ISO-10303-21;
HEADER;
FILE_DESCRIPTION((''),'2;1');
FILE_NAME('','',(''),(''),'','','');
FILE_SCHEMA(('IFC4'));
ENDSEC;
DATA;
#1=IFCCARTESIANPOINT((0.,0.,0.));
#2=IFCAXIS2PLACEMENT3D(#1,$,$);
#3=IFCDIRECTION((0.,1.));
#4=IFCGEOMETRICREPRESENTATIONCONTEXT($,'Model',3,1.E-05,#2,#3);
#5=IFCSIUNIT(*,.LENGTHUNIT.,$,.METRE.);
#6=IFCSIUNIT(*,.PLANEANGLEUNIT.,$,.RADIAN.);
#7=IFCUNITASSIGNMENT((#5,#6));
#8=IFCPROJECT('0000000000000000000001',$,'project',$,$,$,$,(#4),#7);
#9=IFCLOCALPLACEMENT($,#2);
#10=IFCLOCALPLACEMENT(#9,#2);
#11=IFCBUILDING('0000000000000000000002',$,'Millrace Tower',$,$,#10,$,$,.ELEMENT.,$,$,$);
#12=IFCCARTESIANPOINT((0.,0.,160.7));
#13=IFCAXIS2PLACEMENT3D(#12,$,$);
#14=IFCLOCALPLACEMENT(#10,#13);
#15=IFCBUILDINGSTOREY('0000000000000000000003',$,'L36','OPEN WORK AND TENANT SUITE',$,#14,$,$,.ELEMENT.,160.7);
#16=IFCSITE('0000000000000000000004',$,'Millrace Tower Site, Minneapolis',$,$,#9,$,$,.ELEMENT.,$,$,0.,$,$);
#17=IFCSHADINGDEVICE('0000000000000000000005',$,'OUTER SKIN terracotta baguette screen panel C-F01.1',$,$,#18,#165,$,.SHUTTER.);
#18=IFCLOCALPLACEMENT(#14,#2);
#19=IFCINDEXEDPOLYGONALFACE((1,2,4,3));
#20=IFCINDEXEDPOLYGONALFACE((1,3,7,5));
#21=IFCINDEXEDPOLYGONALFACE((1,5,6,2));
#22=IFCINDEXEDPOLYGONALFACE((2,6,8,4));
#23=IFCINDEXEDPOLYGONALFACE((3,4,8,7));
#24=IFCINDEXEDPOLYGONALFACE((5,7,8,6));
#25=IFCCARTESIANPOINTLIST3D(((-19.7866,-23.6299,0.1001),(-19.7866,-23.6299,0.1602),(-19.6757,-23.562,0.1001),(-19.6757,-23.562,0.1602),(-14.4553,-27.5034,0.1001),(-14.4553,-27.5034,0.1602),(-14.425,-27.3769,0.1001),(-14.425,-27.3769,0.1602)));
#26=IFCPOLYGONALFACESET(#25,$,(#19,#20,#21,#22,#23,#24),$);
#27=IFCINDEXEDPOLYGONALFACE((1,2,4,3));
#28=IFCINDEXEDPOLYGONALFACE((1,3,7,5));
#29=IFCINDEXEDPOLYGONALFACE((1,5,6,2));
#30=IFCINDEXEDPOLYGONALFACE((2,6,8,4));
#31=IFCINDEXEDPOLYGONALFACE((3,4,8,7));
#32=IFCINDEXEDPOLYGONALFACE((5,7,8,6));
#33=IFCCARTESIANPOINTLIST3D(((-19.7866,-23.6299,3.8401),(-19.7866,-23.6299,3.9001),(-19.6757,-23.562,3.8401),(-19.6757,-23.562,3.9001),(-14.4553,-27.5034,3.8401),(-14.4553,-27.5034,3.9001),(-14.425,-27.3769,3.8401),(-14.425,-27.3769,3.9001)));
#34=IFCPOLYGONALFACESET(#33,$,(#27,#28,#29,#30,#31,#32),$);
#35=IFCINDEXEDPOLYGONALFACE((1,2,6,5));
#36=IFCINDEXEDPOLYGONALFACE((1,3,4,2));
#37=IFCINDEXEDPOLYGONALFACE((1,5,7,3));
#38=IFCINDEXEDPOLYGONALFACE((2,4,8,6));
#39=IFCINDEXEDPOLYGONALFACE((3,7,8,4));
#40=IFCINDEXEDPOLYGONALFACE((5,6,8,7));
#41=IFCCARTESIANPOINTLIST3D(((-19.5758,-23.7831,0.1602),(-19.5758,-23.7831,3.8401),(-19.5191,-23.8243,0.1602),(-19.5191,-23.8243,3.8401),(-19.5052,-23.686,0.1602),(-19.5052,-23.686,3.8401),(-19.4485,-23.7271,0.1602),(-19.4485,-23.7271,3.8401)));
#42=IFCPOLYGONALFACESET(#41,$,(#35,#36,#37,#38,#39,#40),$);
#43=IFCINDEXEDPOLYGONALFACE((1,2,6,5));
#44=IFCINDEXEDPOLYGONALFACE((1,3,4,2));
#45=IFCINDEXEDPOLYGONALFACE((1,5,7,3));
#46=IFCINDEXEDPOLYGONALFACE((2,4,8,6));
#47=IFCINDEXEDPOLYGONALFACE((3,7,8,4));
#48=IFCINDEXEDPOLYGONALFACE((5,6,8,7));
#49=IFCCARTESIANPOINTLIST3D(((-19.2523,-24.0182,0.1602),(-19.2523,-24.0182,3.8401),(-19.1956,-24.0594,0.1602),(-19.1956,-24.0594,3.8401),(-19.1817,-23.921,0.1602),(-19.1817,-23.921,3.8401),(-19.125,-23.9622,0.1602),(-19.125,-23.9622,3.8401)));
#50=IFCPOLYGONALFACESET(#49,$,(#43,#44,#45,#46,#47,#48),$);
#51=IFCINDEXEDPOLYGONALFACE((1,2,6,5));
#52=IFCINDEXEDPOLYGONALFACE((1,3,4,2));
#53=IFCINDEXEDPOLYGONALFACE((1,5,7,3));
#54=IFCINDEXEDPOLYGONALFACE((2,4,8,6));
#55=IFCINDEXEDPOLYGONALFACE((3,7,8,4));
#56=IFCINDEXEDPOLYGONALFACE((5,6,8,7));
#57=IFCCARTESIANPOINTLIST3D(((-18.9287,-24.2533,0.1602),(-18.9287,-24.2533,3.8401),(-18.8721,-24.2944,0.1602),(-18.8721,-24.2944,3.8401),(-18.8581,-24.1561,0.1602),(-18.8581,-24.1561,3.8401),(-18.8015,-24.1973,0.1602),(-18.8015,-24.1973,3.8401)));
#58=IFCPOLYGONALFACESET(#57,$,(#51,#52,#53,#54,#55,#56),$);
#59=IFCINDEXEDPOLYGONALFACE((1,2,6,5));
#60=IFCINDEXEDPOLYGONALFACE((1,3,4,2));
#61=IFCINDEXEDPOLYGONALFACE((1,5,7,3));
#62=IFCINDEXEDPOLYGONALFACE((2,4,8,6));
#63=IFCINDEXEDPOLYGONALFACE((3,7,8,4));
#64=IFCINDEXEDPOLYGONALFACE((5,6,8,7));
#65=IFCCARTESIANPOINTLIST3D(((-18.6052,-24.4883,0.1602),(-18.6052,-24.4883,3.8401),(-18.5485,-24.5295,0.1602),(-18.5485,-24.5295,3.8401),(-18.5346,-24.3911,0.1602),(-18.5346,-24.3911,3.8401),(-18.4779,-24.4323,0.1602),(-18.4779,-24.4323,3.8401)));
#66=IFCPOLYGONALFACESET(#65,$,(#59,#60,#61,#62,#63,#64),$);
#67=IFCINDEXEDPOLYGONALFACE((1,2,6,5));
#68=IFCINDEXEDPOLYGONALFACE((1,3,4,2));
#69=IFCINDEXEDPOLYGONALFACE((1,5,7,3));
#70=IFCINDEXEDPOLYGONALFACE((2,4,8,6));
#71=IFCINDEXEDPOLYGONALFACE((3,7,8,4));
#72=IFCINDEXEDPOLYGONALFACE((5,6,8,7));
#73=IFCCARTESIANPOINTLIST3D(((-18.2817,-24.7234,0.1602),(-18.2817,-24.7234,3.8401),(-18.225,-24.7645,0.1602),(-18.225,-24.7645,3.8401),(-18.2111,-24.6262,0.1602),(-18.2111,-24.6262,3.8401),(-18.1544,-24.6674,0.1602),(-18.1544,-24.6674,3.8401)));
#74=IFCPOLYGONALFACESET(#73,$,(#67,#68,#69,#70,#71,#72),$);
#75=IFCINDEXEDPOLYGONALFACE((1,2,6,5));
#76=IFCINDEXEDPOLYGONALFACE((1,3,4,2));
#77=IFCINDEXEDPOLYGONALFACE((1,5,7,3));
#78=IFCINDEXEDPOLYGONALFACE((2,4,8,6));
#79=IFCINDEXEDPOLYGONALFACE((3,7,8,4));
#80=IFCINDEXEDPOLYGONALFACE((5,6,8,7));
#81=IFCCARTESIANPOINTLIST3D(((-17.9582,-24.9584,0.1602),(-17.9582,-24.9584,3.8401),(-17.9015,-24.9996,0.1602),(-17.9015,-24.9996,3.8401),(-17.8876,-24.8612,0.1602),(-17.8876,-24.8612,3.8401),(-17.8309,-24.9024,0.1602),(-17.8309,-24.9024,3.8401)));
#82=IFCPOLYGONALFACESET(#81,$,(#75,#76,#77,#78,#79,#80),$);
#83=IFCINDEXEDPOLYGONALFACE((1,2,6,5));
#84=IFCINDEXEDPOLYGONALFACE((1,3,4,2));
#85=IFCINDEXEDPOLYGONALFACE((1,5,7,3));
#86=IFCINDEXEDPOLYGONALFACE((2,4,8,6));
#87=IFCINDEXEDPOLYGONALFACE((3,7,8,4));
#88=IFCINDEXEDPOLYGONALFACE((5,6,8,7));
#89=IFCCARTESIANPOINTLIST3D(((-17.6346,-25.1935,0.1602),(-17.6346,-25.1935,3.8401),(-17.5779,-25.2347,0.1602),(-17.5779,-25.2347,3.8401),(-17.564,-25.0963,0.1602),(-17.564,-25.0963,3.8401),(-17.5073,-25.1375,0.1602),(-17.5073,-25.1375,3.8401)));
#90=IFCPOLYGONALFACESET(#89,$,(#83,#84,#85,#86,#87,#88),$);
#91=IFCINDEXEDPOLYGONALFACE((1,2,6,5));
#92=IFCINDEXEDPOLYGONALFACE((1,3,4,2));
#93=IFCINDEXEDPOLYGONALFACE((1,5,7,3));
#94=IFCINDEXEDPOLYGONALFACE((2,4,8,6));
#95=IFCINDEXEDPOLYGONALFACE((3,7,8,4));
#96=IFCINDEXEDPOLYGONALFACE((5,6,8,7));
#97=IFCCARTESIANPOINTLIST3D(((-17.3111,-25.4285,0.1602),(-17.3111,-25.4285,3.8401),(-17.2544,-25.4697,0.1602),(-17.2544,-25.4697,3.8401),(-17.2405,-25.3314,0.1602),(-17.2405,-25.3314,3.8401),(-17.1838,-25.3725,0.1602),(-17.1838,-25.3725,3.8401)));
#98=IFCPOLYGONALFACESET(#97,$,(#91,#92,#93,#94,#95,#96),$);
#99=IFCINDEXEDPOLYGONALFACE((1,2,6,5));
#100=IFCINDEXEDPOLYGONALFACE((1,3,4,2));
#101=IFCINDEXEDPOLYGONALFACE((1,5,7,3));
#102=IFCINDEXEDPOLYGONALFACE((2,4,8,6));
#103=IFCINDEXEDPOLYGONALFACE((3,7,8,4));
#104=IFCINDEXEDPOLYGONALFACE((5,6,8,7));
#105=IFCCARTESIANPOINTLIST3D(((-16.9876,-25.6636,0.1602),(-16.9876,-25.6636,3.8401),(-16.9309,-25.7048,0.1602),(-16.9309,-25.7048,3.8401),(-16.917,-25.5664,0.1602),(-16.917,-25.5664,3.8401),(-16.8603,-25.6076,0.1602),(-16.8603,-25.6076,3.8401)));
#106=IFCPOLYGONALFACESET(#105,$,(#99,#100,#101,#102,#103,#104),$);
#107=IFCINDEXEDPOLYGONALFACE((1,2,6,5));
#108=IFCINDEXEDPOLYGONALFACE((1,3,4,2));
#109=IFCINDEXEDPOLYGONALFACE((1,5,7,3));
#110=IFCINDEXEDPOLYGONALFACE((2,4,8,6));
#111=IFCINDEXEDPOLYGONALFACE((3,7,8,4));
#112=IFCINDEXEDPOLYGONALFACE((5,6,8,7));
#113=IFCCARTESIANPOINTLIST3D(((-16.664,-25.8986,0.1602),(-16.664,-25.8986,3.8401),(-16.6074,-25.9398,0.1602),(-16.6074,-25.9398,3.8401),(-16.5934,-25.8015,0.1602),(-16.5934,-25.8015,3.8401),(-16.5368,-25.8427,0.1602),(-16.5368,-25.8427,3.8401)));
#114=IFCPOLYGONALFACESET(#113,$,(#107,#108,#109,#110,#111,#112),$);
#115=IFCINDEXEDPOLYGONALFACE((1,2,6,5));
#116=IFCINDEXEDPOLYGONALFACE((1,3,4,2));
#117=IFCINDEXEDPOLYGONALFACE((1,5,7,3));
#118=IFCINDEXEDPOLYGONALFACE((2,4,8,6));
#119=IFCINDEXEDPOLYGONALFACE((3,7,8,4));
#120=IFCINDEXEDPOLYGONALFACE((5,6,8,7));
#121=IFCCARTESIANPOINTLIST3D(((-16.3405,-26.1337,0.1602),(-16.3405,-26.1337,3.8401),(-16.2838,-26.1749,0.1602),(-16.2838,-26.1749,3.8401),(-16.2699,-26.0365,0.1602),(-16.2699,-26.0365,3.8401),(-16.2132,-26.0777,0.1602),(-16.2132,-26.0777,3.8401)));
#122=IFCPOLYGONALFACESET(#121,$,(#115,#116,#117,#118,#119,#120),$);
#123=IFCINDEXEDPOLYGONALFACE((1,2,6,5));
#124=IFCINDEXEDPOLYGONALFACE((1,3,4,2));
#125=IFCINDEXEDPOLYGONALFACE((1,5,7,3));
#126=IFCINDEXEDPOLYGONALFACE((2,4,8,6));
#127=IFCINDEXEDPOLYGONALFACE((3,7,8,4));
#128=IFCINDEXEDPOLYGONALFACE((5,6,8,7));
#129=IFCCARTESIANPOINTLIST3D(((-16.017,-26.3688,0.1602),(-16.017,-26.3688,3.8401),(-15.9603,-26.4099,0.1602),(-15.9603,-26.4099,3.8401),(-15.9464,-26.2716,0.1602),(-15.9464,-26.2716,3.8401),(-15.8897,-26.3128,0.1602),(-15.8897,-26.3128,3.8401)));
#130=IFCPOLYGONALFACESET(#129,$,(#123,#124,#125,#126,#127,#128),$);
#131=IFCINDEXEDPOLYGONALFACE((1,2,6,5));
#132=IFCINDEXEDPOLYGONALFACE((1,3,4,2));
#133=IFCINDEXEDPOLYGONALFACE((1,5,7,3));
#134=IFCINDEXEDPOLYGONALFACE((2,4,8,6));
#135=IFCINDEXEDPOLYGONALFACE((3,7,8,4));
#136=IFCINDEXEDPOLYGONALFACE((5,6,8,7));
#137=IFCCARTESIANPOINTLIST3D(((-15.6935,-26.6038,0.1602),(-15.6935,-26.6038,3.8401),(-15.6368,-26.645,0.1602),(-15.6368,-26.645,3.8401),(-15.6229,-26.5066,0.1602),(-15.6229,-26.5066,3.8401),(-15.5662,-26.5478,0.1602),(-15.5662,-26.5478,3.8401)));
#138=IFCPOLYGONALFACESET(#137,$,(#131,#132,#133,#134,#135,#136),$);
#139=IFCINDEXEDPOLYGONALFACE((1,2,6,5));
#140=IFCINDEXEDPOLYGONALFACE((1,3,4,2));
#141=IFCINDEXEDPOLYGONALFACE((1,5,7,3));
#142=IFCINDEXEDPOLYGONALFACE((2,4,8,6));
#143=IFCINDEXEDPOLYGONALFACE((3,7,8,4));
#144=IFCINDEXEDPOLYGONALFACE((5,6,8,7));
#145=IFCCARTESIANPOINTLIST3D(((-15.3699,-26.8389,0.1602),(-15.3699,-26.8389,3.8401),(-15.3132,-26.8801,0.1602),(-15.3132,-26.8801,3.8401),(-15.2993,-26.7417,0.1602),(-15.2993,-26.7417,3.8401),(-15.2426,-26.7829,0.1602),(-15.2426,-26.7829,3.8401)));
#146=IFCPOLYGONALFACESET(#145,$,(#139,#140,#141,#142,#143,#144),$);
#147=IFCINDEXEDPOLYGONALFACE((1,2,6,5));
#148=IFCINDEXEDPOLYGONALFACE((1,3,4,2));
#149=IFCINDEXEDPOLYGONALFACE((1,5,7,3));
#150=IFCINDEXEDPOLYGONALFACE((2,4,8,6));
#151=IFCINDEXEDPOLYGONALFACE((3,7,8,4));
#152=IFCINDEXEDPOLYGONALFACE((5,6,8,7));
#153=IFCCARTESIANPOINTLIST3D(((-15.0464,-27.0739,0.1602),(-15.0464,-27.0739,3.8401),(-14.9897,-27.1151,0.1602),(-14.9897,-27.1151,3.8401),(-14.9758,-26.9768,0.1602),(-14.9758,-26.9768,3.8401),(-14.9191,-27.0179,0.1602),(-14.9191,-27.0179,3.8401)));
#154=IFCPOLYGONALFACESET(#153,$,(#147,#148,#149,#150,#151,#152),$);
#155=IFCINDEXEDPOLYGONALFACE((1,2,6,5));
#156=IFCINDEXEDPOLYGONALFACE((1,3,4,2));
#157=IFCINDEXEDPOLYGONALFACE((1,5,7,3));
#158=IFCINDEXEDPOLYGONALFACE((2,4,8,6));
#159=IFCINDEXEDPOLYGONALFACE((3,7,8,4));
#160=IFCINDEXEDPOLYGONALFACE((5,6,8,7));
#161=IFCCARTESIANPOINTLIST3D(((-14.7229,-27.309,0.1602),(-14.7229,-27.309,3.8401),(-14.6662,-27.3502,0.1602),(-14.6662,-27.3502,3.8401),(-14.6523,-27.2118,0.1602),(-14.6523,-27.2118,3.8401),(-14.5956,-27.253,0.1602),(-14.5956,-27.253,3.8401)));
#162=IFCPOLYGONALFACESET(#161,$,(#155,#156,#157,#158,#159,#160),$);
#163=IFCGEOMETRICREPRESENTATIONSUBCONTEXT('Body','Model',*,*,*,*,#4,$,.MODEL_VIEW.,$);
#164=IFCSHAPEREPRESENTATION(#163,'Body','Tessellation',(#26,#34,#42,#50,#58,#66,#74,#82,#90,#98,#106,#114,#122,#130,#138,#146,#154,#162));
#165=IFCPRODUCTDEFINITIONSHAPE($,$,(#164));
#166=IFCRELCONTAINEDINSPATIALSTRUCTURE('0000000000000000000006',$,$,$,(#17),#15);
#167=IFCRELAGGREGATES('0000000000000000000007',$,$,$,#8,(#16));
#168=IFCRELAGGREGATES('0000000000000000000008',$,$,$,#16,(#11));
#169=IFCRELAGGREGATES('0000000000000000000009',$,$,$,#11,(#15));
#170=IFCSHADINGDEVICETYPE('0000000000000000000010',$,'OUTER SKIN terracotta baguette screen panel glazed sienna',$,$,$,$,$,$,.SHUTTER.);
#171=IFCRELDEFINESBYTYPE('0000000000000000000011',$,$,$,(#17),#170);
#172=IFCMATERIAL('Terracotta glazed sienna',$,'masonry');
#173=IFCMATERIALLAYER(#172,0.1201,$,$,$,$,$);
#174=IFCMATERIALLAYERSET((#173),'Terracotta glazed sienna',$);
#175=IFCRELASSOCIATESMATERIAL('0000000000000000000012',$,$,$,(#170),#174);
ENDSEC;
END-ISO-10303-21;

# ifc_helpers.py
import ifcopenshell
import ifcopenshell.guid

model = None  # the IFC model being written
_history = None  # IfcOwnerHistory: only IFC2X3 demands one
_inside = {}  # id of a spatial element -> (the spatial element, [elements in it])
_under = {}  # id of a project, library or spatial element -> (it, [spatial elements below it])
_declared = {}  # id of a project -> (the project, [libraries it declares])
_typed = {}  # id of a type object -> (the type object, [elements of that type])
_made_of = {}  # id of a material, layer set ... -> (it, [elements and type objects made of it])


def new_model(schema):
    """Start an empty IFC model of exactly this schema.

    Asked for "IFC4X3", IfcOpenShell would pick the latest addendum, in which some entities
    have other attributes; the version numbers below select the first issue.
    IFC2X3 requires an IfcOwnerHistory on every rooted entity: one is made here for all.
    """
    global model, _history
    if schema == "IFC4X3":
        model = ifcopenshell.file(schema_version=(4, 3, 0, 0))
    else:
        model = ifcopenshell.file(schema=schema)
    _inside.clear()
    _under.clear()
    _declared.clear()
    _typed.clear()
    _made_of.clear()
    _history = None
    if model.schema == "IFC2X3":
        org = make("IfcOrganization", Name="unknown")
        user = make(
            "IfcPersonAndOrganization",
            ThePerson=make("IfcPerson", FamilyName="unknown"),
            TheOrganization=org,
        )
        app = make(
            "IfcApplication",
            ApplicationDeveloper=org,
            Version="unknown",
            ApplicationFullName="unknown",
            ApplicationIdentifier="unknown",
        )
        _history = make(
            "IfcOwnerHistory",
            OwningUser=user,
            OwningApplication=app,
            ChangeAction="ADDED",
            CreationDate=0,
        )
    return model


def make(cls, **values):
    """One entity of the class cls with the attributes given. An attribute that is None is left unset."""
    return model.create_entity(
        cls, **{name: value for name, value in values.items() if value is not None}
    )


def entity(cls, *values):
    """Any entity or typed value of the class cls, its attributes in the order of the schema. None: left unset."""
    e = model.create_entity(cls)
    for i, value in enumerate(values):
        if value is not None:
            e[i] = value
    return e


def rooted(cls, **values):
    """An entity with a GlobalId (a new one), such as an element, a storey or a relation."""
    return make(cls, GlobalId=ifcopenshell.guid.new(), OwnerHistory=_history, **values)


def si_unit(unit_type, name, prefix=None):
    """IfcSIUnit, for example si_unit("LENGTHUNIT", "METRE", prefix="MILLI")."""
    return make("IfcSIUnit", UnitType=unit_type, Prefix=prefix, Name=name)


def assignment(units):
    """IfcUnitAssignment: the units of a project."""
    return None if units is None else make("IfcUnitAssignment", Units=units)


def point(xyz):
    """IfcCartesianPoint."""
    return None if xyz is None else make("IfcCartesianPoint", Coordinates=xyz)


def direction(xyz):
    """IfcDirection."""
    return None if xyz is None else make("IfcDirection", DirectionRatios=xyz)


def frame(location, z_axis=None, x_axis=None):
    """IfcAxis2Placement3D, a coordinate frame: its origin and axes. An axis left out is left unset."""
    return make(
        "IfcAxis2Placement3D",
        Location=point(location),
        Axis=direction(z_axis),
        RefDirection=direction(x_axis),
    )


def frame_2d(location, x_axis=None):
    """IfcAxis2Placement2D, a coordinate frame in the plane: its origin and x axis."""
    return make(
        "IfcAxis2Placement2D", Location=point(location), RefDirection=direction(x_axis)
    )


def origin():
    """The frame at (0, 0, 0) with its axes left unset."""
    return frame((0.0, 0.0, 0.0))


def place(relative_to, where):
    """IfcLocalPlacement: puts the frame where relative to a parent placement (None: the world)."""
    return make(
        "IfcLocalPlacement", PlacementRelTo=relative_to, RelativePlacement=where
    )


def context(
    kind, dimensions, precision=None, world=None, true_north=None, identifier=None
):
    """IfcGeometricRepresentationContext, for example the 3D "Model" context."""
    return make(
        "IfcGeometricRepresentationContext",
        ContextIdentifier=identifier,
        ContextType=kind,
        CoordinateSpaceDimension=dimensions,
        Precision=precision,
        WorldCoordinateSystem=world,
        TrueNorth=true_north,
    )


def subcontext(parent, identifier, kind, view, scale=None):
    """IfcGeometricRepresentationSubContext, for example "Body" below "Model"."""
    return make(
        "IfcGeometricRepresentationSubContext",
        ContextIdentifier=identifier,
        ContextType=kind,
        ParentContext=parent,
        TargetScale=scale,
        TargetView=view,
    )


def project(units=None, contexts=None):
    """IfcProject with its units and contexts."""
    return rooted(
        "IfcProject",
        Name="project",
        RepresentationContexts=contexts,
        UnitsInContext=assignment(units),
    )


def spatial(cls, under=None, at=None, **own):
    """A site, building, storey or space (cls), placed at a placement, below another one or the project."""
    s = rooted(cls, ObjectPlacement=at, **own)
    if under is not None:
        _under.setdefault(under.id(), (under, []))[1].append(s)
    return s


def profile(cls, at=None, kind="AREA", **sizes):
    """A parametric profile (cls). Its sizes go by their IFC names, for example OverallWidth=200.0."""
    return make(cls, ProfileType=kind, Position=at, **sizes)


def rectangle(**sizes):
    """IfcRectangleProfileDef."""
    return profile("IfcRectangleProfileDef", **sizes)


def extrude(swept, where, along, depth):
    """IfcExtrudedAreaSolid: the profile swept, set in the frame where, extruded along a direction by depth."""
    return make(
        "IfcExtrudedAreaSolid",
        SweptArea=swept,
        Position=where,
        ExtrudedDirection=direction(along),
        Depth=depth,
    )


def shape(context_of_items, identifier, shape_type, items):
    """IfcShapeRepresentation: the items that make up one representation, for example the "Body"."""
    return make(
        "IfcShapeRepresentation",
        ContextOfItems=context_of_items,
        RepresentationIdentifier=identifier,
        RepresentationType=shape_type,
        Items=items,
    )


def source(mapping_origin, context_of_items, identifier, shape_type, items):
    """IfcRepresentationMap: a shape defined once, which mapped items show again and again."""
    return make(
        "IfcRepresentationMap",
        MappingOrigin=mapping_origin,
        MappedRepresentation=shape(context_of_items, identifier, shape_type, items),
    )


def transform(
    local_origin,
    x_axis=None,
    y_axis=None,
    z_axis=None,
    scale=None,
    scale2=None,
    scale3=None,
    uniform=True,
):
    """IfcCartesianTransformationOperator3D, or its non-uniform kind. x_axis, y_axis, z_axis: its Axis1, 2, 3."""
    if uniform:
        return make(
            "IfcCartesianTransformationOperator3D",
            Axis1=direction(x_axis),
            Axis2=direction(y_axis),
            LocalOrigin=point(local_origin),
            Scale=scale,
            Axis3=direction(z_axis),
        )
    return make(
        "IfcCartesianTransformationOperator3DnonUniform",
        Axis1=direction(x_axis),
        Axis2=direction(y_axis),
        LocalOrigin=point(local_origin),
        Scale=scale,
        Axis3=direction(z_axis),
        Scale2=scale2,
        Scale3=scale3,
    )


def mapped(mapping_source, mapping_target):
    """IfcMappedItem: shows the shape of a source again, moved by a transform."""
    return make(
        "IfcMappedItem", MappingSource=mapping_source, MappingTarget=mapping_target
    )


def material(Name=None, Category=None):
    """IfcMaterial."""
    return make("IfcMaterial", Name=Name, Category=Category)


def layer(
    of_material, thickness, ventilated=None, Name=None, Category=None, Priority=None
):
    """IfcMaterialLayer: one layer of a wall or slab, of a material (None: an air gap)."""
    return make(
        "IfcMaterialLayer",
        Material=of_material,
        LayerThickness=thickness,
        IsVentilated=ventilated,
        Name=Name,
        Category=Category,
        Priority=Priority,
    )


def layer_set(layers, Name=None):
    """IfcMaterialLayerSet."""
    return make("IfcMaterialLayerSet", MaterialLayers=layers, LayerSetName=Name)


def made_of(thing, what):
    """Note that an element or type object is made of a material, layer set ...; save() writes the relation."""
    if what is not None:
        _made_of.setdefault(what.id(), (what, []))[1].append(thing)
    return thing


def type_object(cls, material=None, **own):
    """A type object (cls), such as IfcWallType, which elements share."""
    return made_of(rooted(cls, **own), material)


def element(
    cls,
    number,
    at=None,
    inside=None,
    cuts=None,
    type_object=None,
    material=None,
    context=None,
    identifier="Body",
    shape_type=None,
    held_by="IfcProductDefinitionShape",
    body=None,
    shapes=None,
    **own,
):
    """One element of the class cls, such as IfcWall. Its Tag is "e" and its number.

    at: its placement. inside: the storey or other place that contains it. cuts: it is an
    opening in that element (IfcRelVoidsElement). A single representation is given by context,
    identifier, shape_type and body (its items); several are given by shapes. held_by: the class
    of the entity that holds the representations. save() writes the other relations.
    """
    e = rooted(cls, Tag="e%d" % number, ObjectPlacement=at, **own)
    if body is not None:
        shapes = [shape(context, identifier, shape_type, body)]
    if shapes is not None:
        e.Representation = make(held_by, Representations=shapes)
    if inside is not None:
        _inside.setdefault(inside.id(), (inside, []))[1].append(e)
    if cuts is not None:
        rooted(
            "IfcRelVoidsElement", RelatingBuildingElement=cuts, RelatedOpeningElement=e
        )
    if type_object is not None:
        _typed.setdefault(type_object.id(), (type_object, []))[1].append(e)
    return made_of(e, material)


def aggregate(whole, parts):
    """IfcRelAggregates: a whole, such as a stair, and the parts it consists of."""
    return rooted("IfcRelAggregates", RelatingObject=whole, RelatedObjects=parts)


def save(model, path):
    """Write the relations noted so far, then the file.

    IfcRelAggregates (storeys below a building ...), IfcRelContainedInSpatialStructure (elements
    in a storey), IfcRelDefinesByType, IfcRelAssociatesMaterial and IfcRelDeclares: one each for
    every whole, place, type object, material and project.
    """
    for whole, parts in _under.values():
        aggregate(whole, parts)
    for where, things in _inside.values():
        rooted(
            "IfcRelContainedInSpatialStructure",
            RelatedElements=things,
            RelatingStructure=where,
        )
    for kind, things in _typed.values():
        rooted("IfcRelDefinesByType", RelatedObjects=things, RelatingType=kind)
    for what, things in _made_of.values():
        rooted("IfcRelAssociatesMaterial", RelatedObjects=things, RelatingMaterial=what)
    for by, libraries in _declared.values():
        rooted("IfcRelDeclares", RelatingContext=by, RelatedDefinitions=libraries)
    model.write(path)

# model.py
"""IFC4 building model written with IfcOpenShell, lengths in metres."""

from ifc_helpers import new_model, entity, si_unit, direction, frame, frame_2d, origin, place, context, subcontext, project, spatial, rectangle, extrude, source, transform, mapped, material, layer, layer_set, type_object, element, save


model = new_model("IFC4")

# Units and contexts
model_context = context("Model", 3, precision=1e-05, world=origin(), true_north=direction((0.0, 1.0)))
body_context = subcontext(model_context, "Body", "Model", "MODEL_VIEW")
ifc_project = project(units=[si_unit("LENGTHUNIT", "METRE"), si_unit("PLANEANGLEUNIT", "RADIAN")], contexts=[model_context])

# Site, building, storey
site_placement = place(None, origin())
site = spatial("IfcSite", under=ifc_project, at=site_placement, Name="Millrace Tower Site, Minneapolis", CompositionType="ELEMENT", RefElevation=0.0)
building_placement = place(site_placement, origin())
building = spatial("IfcBuilding", under=site, at=building_placement, Name="Millrace Tower", CompositionType="ELEMENT")
storey_placement = place(building_placement, frame((0.0, 0.0, 160.7)))
storey = spatial("IfcBuildingStorey", under=building, at=storey_placement, Name="L36", Description="OPEN WORK AND TENANT SUITE", CompositionType="ELEMENT", Elevation=160.7)

# Shading device
ifc_material_1 = material(Name="Terracotta glazed sienna", Category="masonry")
ifc_layer_1 = layer(ifc_material_1, 0.1201)
ifc_layer_set_1 = layer_set([ifc_layer_1], Name="Terracotta glazed sienna")
shading_device_type = type_object("IfcShadingDeviceType", Name="OUTER SKIN terracotta baguette screen panel glazed sienna", PredefinedType="SHUTTER", material=ifc_layer_set_1)
cartesian_point_1 = entity("IfcCartesianPoint", [-3.2451, 0.0601])
shared_polyline_1 = entity("IfcPolyline", [cartesian_point_1, entity("IfcCartesianPoint", [3.2451, 0.0601]), entity("IfcCartesianPoint", [3.2949, -0.0601]), entity("IfcCartesianPoint", [-3.2949, -0.0601]), cartesian_point_1])
shared_shape_1 = source(origin(), body_context, "Body", "SweptSolid", [
    entity("IfcExtrudedAreaSolid", entity("IfcArbitraryClosedProfileDef", "AREA", None, shared_polyline_1), entity("IfcAxis2Placement3D", entity("IfcCartesianPoint", [0.0, 0.0, 0.0])), entity("IfcDirection", [0.0, 0.0, 1.0]), 0.0601),
    entity("IfcExtrudedAreaSolid", entity("IfcArbitraryClosedProfileDef", "AREA", None, shared_polyline_1), entity("IfcAxis2Placement3D", entity("IfcCartesianPoint", [0.0, 0.0, 3.74])), entity("IfcDirection", [0.0, 0.0, 1.0]), 0.0601),
    extrude(rectangle(XDim=0.0701, YDim=0.1201, at=frame_2d((-2.9993, 0.0))), frame((0.0, 0.0, 0.0601)), (0.0, 0.0, 1.0), 3.6799),
    extrude(rectangle(XDim=0.0701, YDim=0.1201, at=frame_2d((-2.5994, 0.0))), frame((0.0, 0.0, 0.0601)), (0.0, 0.0, 1.0), 3.6799),
    extrude(rectangle(XDim=0.0701, YDim=0.1201, at=frame_2d((-2.1995, 0.0))), frame((0.0, 0.0, 0.0601)), (0.0, 0.0, 1.0), 3.6799),
    extrude(rectangle(XDim=0.0701, YDim=0.1201, at=frame_2d((-1.7996, 0.0))), frame((0.0, 0.0, 0.0601)), (0.0, 0.0, 1.0), 3.6799),
    extrude(rectangle(XDim=0.0701, YDim=0.1201, at=frame_2d((-1.3997, 0.0))), frame((0.0, 0.0, 0.0601)), (0.0, 0.0, 1.0), 3.6799),
    extrude(rectangle(XDim=0.0701, YDim=0.1201, at=frame_2d((-0.9998, 0.0))), frame((0.0, 0.0, 0.0601)), (0.0, 0.0, 1.0), 3.6799),
    extrude(rectangle(XDim=0.0701, YDim=0.1201, at=frame_2d((-0.5999, 0.0))), frame((0.0, 0.0, 0.0601)), (0.0, 0.0, 1.0), 3.6799),
    extrude(rectangle(XDim=0.0701, YDim=0.1201, at=frame_2d((-0.2, 0.0))), frame((0.0, 0.0, 0.0601)), (0.0, 0.0, 1.0), 3.6799),
    extrude(rectangle(XDim=0.0701, YDim=0.1201, at=frame_2d((0.2, 0.0))), frame((0.0, 0.0, 0.0601)), (0.0, 0.0, 1.0), 3.6799),
    extrude(rectangle(XDim=0.0701, YDim=0.1201, at=frame_2d((0.5999, 0.0))), frame((0.0, 0.0, 0.0601)), (0.0, 0.0, 1.0), 3.6799),
    extrude(rectangle(XDim=0.0701, YDim=0.1201, at=frame_2d((0.9998, 0.0))), frame((0.0, 0.0, 0.0601)), (0.0, 0.0, 1.0), 3.6799),
    extrude(rectangle(XDim=0.0701, YDim=0.1201, at=frame_2d((1.3997, 0.0))), frame((0.0, 0.0, 0.0601)), (0.0, 0.0, 1.0), 3.6799),
    extrude(rectangle(XDim=0.0701, YDim=0.1201, at=frame_2d((1.7996, 0.0))), frame((0.0, 0.0, 0.0601)), (0.0, 0.0, 1.0), 3.6799),
    extrude(rectangle(XDim=0.0701, YDim=0.1201, at=frame_2d((2.1995, 0.0))), frame((0.0, 0.0, 0.0601)), (0.0, 0.0, 1.0), 3.6799),
    extrude(rectangle(XDim=0.0701, YDim=0.1201, at=frame_2d((2.5994, 0.0))), frame((0.0, 0.0, 0.0601)), (0.0, 0.0, 1.0), 3.6799),
    extrude(rectangle(XDim=0.0701, YDim=0.1201, at=frame_2d((2.9993, 0.0))), frame((0.0, 0.0, 0.0601)), (0.0, 0.0, 1.0), 3.6799),
])
shading_device_1_placement = place(storey_placement, frame((-17.0857, -25.5181, 0.1001), z_axis=(0.0, 0.0, 1.0), x_axis=(0.809017, -0.587785, 0.0)))
element("IfcShadingDevice", 1, at=shading_device_1_placement, inside=storey, type_object=shading_device_type, Name="OUTER SKIN terracotta baguette screen panel C-F01.1", PredefinedType="SHUTTER", context=body_context, shape_type="MappedRepresentation", body=[
    mapped(shared_shape_1, transform((0.0, 0.0, 0.0), scale=1.0)),
])

save(model, "model.ifc")
